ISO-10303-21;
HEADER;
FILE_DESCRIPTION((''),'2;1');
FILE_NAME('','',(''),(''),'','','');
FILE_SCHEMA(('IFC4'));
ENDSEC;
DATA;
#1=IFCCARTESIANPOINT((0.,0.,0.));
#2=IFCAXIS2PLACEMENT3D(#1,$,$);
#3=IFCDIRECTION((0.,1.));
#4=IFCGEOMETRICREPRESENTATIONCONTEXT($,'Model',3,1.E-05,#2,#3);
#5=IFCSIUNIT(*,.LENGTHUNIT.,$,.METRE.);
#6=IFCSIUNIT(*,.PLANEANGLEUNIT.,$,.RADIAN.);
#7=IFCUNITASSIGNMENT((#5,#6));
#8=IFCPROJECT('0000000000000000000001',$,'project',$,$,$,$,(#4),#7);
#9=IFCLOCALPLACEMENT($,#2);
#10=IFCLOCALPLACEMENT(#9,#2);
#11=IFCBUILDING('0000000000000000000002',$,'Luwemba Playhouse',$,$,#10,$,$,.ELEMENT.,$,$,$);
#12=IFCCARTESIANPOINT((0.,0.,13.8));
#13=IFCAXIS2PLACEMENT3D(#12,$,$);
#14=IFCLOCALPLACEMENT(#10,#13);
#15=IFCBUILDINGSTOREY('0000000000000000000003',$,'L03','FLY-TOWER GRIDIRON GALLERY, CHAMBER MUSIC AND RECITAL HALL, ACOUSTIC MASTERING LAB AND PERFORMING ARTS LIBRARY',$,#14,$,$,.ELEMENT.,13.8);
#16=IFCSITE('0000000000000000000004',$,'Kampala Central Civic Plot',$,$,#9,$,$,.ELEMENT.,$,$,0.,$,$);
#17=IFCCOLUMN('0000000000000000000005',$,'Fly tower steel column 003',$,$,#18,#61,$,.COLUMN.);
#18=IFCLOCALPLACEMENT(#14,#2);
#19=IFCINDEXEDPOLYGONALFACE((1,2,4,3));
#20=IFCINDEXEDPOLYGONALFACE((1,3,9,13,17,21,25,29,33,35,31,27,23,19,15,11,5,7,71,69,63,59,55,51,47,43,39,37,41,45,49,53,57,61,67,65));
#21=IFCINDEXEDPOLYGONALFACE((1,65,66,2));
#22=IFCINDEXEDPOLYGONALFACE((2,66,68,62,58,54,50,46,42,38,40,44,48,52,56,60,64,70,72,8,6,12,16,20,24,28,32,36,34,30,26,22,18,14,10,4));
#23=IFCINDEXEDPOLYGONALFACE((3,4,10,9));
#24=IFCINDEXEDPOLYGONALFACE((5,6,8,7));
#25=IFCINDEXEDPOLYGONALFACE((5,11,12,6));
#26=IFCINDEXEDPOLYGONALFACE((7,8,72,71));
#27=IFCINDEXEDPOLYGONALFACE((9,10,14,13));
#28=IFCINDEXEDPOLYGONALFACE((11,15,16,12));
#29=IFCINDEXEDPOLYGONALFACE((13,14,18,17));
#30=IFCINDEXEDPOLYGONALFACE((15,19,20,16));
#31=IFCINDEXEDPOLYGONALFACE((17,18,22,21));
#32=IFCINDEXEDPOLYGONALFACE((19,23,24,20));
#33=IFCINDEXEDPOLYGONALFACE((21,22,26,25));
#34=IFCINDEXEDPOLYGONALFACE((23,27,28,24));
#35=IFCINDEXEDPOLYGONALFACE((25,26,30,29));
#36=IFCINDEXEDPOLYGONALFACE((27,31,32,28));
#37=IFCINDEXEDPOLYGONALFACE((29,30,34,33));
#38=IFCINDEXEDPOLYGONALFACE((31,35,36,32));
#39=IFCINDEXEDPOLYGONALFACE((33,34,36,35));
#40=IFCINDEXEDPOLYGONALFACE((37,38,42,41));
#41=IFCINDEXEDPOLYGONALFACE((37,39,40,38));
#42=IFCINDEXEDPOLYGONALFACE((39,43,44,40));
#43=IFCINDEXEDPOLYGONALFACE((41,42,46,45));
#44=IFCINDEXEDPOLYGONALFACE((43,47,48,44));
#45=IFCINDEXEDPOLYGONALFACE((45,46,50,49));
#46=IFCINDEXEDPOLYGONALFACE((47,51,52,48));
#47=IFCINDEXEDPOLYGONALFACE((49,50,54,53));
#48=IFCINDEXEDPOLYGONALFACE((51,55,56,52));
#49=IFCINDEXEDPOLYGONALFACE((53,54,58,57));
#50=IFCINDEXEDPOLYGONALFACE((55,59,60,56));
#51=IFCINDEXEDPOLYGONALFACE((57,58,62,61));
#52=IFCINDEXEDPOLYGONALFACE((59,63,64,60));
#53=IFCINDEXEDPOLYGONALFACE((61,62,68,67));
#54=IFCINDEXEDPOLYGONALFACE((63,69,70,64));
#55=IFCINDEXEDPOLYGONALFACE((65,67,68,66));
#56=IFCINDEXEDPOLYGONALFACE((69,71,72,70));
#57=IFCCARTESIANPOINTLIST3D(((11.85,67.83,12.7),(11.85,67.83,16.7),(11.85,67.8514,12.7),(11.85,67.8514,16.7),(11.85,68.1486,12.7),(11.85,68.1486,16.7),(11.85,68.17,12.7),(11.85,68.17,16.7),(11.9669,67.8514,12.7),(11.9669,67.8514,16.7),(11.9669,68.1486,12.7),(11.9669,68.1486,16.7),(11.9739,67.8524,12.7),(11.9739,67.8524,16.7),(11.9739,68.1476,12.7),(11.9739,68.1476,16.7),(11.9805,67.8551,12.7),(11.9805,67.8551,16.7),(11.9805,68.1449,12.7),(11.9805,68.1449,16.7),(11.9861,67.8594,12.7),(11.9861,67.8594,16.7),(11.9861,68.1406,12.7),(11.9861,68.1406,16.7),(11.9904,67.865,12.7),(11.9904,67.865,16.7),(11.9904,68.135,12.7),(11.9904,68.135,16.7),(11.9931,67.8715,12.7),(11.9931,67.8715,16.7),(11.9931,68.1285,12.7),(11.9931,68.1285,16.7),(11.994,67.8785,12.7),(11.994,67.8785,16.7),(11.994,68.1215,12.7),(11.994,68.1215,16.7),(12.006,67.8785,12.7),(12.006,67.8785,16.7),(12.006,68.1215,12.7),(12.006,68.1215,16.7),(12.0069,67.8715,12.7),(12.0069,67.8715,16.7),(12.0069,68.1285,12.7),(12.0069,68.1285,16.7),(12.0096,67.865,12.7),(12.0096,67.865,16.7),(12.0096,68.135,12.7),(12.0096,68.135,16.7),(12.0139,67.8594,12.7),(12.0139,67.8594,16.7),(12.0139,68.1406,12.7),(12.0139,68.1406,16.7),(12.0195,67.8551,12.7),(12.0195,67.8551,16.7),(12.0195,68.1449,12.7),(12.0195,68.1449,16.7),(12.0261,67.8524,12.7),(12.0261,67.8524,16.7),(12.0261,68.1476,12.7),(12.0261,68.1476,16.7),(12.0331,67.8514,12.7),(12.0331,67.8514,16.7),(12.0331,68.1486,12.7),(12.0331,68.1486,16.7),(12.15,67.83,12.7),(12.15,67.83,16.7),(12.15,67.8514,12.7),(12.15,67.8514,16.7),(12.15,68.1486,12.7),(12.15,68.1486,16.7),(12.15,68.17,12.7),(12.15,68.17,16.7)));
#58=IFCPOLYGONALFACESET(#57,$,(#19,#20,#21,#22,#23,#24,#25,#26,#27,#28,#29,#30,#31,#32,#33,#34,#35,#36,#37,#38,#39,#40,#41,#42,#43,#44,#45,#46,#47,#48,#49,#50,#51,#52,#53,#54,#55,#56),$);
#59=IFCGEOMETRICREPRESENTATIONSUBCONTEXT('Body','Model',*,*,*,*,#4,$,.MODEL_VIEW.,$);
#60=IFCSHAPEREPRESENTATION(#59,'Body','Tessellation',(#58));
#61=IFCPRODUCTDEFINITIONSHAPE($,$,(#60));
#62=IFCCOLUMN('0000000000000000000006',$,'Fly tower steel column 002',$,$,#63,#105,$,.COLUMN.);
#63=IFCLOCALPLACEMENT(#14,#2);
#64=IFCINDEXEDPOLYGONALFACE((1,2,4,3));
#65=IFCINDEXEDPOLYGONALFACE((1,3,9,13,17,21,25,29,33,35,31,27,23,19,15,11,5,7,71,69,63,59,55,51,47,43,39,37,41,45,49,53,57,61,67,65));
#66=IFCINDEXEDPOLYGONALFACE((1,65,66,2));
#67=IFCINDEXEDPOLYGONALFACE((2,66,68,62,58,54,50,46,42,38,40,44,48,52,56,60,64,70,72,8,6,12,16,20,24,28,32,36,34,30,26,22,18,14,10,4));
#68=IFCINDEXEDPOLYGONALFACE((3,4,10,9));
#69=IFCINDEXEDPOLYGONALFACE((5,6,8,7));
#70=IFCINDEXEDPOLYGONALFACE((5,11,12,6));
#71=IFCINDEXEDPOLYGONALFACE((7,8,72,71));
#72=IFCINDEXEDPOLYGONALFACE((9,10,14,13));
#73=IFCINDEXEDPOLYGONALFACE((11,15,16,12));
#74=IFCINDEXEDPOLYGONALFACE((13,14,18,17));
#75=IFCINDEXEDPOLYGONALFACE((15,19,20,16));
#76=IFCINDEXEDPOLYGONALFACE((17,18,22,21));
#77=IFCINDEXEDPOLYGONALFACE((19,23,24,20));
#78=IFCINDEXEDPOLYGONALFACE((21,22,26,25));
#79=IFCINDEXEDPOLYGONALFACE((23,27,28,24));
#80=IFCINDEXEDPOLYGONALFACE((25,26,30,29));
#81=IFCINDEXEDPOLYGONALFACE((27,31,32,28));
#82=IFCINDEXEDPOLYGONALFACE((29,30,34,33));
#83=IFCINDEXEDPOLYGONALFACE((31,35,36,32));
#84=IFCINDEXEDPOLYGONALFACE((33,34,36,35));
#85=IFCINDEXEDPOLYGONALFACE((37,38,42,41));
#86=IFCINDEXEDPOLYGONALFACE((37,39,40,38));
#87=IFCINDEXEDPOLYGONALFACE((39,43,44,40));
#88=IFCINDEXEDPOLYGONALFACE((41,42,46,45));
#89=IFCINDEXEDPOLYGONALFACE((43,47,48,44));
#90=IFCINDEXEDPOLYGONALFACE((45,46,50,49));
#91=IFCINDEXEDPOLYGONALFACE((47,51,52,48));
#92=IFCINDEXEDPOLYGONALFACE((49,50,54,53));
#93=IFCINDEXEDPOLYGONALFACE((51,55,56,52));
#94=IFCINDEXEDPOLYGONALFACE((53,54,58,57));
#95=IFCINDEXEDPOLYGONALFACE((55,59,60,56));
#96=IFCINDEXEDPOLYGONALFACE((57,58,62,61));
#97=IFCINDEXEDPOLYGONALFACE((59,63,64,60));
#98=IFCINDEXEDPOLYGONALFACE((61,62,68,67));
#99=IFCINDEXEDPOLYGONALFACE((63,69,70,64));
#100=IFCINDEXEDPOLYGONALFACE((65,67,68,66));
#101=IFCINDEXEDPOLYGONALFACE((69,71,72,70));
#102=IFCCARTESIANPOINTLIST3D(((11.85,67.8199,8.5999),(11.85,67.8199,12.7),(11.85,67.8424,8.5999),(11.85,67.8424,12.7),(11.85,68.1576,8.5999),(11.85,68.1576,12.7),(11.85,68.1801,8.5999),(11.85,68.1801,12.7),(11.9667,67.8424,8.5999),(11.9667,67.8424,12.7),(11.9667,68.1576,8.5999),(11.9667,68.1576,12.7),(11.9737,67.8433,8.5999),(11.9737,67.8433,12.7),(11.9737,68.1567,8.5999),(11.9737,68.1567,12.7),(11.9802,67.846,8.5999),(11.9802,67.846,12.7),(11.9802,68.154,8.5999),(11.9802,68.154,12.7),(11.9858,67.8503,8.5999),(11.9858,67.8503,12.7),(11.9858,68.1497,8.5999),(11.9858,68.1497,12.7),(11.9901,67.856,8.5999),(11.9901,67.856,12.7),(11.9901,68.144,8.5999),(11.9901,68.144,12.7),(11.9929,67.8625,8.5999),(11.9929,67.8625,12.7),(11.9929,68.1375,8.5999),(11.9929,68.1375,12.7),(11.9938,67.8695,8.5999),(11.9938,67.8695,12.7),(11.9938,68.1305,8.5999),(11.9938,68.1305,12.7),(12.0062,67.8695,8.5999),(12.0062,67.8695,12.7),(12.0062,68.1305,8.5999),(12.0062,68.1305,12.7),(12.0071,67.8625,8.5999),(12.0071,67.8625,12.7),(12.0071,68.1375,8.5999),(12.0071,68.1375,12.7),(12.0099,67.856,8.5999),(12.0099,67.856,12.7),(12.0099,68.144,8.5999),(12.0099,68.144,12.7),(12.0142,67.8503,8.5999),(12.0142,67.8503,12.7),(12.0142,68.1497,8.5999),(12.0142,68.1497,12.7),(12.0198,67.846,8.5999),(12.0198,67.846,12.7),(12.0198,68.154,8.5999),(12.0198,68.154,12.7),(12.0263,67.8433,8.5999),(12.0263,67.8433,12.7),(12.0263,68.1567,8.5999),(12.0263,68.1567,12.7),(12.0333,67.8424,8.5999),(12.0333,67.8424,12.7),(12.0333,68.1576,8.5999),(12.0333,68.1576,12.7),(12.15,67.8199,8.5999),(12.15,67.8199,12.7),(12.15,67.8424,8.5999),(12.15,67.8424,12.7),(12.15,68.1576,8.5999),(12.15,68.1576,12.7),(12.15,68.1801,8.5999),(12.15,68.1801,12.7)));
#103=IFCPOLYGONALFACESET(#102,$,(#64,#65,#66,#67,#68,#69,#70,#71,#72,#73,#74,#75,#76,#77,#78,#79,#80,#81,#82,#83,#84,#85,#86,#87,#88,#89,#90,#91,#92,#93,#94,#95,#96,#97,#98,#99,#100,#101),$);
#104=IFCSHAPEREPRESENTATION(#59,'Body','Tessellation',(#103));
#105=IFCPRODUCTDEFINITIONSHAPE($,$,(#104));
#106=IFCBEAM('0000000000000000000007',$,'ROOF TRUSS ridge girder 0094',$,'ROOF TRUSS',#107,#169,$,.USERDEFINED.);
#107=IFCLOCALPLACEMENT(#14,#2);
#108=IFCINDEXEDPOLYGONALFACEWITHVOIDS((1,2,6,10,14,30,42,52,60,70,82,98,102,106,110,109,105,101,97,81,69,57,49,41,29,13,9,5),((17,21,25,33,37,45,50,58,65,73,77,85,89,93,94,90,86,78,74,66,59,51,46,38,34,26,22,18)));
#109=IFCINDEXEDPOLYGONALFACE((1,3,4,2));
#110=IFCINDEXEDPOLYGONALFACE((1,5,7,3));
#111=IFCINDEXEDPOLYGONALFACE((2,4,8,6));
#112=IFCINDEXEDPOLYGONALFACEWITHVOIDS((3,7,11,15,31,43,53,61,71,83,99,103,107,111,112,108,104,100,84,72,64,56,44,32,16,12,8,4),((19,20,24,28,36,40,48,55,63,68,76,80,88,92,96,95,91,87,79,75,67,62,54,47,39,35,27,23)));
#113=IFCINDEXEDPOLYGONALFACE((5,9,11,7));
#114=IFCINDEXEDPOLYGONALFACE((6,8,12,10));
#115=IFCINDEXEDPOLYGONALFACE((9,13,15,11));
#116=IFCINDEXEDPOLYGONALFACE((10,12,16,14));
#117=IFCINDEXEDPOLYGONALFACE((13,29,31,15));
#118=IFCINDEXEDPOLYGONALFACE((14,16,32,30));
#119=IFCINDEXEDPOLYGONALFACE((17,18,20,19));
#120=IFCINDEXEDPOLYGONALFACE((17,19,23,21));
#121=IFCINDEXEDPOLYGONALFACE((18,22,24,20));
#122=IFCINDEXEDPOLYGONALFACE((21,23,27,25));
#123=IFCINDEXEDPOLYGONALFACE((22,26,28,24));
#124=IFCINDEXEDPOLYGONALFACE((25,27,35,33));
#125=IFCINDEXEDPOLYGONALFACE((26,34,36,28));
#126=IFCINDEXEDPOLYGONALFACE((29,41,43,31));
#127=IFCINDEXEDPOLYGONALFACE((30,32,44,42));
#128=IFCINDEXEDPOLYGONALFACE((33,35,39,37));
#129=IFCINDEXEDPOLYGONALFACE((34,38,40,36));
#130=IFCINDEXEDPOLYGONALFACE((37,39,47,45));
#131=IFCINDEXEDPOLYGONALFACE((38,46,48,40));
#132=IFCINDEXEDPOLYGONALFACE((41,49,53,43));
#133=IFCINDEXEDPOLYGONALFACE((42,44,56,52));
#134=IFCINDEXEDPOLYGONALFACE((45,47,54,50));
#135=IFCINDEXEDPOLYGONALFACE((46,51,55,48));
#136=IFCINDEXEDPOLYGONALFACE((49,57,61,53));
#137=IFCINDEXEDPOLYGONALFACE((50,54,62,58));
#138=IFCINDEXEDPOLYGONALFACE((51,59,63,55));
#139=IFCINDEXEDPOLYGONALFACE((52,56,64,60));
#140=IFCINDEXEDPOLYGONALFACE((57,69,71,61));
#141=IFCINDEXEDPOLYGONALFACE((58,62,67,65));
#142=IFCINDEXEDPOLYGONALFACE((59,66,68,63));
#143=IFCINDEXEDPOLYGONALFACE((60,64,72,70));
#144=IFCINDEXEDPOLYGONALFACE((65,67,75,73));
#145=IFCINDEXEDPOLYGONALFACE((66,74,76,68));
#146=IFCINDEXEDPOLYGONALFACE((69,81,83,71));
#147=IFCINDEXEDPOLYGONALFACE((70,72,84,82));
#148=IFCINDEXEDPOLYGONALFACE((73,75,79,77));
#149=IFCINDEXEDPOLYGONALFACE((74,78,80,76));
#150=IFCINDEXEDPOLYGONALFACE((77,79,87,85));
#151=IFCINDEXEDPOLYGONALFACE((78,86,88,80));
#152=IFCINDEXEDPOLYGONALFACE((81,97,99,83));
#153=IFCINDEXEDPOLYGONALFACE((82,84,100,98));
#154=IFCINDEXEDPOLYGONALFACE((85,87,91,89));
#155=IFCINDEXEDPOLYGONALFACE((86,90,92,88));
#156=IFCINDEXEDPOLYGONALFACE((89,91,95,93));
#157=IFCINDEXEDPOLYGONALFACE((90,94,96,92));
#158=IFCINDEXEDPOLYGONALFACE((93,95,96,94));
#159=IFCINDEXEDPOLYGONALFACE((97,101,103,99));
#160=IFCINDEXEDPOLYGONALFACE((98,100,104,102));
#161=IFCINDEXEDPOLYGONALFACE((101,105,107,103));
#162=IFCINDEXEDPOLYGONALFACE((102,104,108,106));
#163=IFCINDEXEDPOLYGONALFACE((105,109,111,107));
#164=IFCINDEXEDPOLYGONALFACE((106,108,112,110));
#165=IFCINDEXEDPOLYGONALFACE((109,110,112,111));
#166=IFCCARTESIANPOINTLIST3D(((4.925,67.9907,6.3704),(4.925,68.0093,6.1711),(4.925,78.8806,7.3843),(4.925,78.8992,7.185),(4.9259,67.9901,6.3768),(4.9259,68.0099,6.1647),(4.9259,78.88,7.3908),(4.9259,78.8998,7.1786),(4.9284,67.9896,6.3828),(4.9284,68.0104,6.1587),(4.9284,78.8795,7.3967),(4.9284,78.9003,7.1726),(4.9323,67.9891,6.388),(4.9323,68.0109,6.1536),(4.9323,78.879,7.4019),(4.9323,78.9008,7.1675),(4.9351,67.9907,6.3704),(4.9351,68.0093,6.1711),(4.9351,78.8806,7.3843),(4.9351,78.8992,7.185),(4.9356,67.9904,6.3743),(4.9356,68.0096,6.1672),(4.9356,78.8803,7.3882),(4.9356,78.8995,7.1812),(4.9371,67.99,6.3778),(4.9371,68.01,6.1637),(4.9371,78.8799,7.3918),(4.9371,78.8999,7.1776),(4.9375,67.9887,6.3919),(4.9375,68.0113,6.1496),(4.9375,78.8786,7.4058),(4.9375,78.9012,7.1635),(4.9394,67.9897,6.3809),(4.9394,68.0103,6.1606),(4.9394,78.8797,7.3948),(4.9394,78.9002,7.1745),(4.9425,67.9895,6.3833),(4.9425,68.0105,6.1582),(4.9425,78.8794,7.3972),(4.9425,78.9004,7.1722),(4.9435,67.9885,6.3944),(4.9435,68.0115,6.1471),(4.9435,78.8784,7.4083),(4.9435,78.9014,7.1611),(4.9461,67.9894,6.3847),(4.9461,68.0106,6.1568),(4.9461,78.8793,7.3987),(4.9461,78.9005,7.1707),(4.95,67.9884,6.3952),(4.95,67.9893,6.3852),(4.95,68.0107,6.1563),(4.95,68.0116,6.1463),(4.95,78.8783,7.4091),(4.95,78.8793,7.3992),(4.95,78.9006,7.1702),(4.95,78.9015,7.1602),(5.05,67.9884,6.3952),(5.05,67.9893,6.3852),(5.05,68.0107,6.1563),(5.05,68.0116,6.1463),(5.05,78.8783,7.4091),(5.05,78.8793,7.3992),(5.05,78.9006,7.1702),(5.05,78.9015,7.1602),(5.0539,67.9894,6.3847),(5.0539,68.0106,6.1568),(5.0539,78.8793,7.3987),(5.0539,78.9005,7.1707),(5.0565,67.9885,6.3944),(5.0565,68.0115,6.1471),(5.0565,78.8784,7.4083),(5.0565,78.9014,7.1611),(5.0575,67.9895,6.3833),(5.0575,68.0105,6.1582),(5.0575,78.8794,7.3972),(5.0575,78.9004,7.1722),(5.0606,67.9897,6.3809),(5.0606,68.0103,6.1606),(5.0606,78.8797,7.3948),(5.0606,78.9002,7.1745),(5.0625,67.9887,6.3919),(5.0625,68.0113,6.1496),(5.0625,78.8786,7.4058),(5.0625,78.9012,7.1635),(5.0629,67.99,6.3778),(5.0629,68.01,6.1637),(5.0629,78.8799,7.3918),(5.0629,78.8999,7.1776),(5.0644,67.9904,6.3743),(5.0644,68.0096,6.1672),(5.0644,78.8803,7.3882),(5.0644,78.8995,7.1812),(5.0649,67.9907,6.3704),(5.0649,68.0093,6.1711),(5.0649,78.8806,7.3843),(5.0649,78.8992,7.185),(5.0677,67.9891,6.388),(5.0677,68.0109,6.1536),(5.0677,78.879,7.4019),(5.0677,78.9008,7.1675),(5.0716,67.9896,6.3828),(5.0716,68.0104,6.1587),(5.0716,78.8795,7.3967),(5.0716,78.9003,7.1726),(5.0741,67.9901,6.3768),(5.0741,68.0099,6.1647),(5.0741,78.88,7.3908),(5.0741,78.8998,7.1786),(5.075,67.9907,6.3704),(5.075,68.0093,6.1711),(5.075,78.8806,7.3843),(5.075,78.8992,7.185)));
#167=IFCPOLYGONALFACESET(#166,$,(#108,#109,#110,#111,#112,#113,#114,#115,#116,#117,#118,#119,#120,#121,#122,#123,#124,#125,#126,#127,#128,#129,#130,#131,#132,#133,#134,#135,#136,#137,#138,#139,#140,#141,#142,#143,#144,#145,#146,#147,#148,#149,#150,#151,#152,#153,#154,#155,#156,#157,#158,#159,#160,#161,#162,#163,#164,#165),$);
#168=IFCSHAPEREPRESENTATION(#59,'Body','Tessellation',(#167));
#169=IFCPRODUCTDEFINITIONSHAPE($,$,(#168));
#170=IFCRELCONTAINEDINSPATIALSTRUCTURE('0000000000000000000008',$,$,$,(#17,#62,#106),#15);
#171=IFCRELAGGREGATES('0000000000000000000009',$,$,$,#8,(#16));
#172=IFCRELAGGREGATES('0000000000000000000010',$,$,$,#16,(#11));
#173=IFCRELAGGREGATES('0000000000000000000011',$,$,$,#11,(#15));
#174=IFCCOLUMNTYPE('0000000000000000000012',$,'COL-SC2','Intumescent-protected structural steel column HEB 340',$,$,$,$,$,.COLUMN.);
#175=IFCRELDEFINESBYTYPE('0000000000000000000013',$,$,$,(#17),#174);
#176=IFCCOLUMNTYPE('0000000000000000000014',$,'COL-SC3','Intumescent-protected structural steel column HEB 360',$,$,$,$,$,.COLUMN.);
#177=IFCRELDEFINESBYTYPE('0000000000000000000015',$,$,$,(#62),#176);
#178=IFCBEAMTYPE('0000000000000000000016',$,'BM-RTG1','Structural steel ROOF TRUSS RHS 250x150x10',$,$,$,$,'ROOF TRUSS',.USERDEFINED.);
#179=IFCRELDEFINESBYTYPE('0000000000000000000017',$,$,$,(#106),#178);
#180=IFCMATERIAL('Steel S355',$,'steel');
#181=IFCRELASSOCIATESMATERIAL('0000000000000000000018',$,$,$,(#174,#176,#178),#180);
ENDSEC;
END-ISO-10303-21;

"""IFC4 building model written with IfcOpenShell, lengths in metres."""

from ifc_helpers import new_model, si_unit, direction, frame, origin, origin_2d, place, context, subcontext, project, spatial, hollow_rectangle, i_section, extrude, material, material_profile, profile_set, type_object, element, save


model = new_model("IFC4")

# Units and contexts
model_context = context("Model", 3, precision=1e-05, world=origin(), true_north=direction((0.0, 1.0)))
body_context = subcontext(model_context, "Body", "Model", "MODEL_VIEW")
ifc_project = project(units=[si_unit("LENGTHUNIT", "METRE"), si_unit("PLANEANGLEUNIT", "RADIAN")], contexts=[model_context])

# Site, building, storey
site_placement = place(None, origin())
site = spatial("IfcSite", under=ifc_project, at=site_placement, Name="Kampala Central Civic Plot", CompositionType="ELEMENT", RefElevation=0.0)
building_placement = place(site_placement, origin())
building = spatial("IfcBuilding", under=site, at=building_placement, Name="Luwemba Playhouse", CompositionType="ELEMENT")
storey_placement = place(building_placement, frame((0.0, 0.0, 13.8)))
storey = spatial("IfcBuildingStorey", under=building, at=storey_placement, Name="L03", Description="FLY-TOWER GRIDIRON GALLERY, CHAMBER MUSIC AND RECITAL HALL, ACOUSTIC MASTERING LAB AND PERFORMING ARTS LIBRARY", CompositionType="ELEMENT", Elevation=13.8)

# Columns
ifc_material_1 = material(Name="Steel S355", Category="steel")
ifc_material_profile_1 = material_profile(ifc_material_1, i_section(OverallWidth=0.3, OverallDepth=0.3401, WebThickness=0.012, FlangeThickness=0.0215, FilletRadius=0.0271, at=origin_2d()))
ifc_profile_set_1 = profile_set([ifc_material_profile_1], Name="Steel S355")
column_type_1 = type_object("IfcColumnType", Name="COL-SC2", Description="Intumescent-protected structural steel column HEB 340", PredefinedType="COLUMN", material=ifc_profile_set_1)
column_1_placement = place(storey_placement, frame((12.0, 68.0, 12.7), z_axis=(0.0, 0.0, 1.0), x_axis=(1.0, 0.0, 0.0)))
element("IfcColumn", 1, at=column_1_placement, inside=storey, type_object=column_type_1, Name="Fly tower steel column 003", PredefinedType="COLUMN", context=body_context, shape_type="SweptSolid", body=[
    extrude(i_section(OverallWidth=0.3, OverallDepth=0.3401, WebThickness=0.012, FlangeThickness=0.0215, FilletRadius=0.0271, at=origin_2d()), origin(), (0.0, 0.0, 1.0), 4.0),
])
ifc_material_profile_2 = material_profile(ifc_material_1, i_section(OverallWidth=0.3, OverallDepth=0.3601, WebThickness=0.0125, FlangeThickness=0.0225, FilletRadius=0.0271, at=origin_2d()))
ifc_profile_set_2 = profile_set([ifc_material_profile_2], Name="Steel S355")
column_type_2 = type_object("IfcColumnType", Name="COL-SC3", Description="Intumescent-protected structural steel column HEB 360", PredefinedType="COLUMN", material=ifc_profile_set_2)
column_2_placement = place(storey_placement, frame((12.0, 68.0, 8.5999), z_axis=(0.0, 0.0, 1.0), x_axis=(1.0, 0.0, 0.0)))
element("IfcColumn", 2, at=column_2_placement, inside=storey, type_object=column_type_2, Name="Fly tower steel column 002", PredefinedType="COLUMN", context=body_context, shape_type="SweptSolid", body=[
    extrude(i_section(OverallWidth=0.3, OverallDepth=0.3601, WebThickness=0.0125, FlangeThickness=0.0225, FilletRadius=0.0271, at=origin_2d()), origin(), (0.0, 0.0, 1.0), 4.1001),
])

# Beam
ifc_material_profile_3 = material_profile(ifc_material_1, hollow_rectangle(XDim=0.1499, YDim=0.25, WallThickness=0.01, InnerFilletRadius=0.0149, OuterFilletRadius=0.0249, at=origin_2d()))
ifc_profile_set_3 = profile_set([ifc_material_profile_3], Name="Steel S355")
beam_type_1 = type_object("IfcBeamType", Name="BM-RTG1", Description="Structural steel ROOF TRUSS RHS 250x150x10", ElementType="ROOF TRUSS", PredefinedType="USERDEFINED", material=ifc_profile_set_3)
for number, where, z_axis, x_axis, name in (
    (3, (5.0, 68.0, 6.2708), (0.0, 0.995694, 0.092705), (-1.0, 0.0, 0.0), "ROOF TRUSS ridge girder 0094"),
):
    element("IfcBeam", number, at=place(storey_placement, frame(where, z_axis=z_axis, x_axis=x_axis)), inside=storey, type_object=beam_type_1, Name=name, ObjectType="ROOF TRUSS", PredefinedType="USERDEFINED", context=body_context, shape_type="SweptSolid", body=[
        extrude(hollow_rectangle(XDim=0.1499, YDim=0.25, WallThickness=0.01, InnerFilletRadius=0.0149, OuterFilletRadius=0.0249, at=origin_2d()), origin(), (0.0, 0.0, 1.0), 10.937),
    ])

save(model, "model.ifc")
